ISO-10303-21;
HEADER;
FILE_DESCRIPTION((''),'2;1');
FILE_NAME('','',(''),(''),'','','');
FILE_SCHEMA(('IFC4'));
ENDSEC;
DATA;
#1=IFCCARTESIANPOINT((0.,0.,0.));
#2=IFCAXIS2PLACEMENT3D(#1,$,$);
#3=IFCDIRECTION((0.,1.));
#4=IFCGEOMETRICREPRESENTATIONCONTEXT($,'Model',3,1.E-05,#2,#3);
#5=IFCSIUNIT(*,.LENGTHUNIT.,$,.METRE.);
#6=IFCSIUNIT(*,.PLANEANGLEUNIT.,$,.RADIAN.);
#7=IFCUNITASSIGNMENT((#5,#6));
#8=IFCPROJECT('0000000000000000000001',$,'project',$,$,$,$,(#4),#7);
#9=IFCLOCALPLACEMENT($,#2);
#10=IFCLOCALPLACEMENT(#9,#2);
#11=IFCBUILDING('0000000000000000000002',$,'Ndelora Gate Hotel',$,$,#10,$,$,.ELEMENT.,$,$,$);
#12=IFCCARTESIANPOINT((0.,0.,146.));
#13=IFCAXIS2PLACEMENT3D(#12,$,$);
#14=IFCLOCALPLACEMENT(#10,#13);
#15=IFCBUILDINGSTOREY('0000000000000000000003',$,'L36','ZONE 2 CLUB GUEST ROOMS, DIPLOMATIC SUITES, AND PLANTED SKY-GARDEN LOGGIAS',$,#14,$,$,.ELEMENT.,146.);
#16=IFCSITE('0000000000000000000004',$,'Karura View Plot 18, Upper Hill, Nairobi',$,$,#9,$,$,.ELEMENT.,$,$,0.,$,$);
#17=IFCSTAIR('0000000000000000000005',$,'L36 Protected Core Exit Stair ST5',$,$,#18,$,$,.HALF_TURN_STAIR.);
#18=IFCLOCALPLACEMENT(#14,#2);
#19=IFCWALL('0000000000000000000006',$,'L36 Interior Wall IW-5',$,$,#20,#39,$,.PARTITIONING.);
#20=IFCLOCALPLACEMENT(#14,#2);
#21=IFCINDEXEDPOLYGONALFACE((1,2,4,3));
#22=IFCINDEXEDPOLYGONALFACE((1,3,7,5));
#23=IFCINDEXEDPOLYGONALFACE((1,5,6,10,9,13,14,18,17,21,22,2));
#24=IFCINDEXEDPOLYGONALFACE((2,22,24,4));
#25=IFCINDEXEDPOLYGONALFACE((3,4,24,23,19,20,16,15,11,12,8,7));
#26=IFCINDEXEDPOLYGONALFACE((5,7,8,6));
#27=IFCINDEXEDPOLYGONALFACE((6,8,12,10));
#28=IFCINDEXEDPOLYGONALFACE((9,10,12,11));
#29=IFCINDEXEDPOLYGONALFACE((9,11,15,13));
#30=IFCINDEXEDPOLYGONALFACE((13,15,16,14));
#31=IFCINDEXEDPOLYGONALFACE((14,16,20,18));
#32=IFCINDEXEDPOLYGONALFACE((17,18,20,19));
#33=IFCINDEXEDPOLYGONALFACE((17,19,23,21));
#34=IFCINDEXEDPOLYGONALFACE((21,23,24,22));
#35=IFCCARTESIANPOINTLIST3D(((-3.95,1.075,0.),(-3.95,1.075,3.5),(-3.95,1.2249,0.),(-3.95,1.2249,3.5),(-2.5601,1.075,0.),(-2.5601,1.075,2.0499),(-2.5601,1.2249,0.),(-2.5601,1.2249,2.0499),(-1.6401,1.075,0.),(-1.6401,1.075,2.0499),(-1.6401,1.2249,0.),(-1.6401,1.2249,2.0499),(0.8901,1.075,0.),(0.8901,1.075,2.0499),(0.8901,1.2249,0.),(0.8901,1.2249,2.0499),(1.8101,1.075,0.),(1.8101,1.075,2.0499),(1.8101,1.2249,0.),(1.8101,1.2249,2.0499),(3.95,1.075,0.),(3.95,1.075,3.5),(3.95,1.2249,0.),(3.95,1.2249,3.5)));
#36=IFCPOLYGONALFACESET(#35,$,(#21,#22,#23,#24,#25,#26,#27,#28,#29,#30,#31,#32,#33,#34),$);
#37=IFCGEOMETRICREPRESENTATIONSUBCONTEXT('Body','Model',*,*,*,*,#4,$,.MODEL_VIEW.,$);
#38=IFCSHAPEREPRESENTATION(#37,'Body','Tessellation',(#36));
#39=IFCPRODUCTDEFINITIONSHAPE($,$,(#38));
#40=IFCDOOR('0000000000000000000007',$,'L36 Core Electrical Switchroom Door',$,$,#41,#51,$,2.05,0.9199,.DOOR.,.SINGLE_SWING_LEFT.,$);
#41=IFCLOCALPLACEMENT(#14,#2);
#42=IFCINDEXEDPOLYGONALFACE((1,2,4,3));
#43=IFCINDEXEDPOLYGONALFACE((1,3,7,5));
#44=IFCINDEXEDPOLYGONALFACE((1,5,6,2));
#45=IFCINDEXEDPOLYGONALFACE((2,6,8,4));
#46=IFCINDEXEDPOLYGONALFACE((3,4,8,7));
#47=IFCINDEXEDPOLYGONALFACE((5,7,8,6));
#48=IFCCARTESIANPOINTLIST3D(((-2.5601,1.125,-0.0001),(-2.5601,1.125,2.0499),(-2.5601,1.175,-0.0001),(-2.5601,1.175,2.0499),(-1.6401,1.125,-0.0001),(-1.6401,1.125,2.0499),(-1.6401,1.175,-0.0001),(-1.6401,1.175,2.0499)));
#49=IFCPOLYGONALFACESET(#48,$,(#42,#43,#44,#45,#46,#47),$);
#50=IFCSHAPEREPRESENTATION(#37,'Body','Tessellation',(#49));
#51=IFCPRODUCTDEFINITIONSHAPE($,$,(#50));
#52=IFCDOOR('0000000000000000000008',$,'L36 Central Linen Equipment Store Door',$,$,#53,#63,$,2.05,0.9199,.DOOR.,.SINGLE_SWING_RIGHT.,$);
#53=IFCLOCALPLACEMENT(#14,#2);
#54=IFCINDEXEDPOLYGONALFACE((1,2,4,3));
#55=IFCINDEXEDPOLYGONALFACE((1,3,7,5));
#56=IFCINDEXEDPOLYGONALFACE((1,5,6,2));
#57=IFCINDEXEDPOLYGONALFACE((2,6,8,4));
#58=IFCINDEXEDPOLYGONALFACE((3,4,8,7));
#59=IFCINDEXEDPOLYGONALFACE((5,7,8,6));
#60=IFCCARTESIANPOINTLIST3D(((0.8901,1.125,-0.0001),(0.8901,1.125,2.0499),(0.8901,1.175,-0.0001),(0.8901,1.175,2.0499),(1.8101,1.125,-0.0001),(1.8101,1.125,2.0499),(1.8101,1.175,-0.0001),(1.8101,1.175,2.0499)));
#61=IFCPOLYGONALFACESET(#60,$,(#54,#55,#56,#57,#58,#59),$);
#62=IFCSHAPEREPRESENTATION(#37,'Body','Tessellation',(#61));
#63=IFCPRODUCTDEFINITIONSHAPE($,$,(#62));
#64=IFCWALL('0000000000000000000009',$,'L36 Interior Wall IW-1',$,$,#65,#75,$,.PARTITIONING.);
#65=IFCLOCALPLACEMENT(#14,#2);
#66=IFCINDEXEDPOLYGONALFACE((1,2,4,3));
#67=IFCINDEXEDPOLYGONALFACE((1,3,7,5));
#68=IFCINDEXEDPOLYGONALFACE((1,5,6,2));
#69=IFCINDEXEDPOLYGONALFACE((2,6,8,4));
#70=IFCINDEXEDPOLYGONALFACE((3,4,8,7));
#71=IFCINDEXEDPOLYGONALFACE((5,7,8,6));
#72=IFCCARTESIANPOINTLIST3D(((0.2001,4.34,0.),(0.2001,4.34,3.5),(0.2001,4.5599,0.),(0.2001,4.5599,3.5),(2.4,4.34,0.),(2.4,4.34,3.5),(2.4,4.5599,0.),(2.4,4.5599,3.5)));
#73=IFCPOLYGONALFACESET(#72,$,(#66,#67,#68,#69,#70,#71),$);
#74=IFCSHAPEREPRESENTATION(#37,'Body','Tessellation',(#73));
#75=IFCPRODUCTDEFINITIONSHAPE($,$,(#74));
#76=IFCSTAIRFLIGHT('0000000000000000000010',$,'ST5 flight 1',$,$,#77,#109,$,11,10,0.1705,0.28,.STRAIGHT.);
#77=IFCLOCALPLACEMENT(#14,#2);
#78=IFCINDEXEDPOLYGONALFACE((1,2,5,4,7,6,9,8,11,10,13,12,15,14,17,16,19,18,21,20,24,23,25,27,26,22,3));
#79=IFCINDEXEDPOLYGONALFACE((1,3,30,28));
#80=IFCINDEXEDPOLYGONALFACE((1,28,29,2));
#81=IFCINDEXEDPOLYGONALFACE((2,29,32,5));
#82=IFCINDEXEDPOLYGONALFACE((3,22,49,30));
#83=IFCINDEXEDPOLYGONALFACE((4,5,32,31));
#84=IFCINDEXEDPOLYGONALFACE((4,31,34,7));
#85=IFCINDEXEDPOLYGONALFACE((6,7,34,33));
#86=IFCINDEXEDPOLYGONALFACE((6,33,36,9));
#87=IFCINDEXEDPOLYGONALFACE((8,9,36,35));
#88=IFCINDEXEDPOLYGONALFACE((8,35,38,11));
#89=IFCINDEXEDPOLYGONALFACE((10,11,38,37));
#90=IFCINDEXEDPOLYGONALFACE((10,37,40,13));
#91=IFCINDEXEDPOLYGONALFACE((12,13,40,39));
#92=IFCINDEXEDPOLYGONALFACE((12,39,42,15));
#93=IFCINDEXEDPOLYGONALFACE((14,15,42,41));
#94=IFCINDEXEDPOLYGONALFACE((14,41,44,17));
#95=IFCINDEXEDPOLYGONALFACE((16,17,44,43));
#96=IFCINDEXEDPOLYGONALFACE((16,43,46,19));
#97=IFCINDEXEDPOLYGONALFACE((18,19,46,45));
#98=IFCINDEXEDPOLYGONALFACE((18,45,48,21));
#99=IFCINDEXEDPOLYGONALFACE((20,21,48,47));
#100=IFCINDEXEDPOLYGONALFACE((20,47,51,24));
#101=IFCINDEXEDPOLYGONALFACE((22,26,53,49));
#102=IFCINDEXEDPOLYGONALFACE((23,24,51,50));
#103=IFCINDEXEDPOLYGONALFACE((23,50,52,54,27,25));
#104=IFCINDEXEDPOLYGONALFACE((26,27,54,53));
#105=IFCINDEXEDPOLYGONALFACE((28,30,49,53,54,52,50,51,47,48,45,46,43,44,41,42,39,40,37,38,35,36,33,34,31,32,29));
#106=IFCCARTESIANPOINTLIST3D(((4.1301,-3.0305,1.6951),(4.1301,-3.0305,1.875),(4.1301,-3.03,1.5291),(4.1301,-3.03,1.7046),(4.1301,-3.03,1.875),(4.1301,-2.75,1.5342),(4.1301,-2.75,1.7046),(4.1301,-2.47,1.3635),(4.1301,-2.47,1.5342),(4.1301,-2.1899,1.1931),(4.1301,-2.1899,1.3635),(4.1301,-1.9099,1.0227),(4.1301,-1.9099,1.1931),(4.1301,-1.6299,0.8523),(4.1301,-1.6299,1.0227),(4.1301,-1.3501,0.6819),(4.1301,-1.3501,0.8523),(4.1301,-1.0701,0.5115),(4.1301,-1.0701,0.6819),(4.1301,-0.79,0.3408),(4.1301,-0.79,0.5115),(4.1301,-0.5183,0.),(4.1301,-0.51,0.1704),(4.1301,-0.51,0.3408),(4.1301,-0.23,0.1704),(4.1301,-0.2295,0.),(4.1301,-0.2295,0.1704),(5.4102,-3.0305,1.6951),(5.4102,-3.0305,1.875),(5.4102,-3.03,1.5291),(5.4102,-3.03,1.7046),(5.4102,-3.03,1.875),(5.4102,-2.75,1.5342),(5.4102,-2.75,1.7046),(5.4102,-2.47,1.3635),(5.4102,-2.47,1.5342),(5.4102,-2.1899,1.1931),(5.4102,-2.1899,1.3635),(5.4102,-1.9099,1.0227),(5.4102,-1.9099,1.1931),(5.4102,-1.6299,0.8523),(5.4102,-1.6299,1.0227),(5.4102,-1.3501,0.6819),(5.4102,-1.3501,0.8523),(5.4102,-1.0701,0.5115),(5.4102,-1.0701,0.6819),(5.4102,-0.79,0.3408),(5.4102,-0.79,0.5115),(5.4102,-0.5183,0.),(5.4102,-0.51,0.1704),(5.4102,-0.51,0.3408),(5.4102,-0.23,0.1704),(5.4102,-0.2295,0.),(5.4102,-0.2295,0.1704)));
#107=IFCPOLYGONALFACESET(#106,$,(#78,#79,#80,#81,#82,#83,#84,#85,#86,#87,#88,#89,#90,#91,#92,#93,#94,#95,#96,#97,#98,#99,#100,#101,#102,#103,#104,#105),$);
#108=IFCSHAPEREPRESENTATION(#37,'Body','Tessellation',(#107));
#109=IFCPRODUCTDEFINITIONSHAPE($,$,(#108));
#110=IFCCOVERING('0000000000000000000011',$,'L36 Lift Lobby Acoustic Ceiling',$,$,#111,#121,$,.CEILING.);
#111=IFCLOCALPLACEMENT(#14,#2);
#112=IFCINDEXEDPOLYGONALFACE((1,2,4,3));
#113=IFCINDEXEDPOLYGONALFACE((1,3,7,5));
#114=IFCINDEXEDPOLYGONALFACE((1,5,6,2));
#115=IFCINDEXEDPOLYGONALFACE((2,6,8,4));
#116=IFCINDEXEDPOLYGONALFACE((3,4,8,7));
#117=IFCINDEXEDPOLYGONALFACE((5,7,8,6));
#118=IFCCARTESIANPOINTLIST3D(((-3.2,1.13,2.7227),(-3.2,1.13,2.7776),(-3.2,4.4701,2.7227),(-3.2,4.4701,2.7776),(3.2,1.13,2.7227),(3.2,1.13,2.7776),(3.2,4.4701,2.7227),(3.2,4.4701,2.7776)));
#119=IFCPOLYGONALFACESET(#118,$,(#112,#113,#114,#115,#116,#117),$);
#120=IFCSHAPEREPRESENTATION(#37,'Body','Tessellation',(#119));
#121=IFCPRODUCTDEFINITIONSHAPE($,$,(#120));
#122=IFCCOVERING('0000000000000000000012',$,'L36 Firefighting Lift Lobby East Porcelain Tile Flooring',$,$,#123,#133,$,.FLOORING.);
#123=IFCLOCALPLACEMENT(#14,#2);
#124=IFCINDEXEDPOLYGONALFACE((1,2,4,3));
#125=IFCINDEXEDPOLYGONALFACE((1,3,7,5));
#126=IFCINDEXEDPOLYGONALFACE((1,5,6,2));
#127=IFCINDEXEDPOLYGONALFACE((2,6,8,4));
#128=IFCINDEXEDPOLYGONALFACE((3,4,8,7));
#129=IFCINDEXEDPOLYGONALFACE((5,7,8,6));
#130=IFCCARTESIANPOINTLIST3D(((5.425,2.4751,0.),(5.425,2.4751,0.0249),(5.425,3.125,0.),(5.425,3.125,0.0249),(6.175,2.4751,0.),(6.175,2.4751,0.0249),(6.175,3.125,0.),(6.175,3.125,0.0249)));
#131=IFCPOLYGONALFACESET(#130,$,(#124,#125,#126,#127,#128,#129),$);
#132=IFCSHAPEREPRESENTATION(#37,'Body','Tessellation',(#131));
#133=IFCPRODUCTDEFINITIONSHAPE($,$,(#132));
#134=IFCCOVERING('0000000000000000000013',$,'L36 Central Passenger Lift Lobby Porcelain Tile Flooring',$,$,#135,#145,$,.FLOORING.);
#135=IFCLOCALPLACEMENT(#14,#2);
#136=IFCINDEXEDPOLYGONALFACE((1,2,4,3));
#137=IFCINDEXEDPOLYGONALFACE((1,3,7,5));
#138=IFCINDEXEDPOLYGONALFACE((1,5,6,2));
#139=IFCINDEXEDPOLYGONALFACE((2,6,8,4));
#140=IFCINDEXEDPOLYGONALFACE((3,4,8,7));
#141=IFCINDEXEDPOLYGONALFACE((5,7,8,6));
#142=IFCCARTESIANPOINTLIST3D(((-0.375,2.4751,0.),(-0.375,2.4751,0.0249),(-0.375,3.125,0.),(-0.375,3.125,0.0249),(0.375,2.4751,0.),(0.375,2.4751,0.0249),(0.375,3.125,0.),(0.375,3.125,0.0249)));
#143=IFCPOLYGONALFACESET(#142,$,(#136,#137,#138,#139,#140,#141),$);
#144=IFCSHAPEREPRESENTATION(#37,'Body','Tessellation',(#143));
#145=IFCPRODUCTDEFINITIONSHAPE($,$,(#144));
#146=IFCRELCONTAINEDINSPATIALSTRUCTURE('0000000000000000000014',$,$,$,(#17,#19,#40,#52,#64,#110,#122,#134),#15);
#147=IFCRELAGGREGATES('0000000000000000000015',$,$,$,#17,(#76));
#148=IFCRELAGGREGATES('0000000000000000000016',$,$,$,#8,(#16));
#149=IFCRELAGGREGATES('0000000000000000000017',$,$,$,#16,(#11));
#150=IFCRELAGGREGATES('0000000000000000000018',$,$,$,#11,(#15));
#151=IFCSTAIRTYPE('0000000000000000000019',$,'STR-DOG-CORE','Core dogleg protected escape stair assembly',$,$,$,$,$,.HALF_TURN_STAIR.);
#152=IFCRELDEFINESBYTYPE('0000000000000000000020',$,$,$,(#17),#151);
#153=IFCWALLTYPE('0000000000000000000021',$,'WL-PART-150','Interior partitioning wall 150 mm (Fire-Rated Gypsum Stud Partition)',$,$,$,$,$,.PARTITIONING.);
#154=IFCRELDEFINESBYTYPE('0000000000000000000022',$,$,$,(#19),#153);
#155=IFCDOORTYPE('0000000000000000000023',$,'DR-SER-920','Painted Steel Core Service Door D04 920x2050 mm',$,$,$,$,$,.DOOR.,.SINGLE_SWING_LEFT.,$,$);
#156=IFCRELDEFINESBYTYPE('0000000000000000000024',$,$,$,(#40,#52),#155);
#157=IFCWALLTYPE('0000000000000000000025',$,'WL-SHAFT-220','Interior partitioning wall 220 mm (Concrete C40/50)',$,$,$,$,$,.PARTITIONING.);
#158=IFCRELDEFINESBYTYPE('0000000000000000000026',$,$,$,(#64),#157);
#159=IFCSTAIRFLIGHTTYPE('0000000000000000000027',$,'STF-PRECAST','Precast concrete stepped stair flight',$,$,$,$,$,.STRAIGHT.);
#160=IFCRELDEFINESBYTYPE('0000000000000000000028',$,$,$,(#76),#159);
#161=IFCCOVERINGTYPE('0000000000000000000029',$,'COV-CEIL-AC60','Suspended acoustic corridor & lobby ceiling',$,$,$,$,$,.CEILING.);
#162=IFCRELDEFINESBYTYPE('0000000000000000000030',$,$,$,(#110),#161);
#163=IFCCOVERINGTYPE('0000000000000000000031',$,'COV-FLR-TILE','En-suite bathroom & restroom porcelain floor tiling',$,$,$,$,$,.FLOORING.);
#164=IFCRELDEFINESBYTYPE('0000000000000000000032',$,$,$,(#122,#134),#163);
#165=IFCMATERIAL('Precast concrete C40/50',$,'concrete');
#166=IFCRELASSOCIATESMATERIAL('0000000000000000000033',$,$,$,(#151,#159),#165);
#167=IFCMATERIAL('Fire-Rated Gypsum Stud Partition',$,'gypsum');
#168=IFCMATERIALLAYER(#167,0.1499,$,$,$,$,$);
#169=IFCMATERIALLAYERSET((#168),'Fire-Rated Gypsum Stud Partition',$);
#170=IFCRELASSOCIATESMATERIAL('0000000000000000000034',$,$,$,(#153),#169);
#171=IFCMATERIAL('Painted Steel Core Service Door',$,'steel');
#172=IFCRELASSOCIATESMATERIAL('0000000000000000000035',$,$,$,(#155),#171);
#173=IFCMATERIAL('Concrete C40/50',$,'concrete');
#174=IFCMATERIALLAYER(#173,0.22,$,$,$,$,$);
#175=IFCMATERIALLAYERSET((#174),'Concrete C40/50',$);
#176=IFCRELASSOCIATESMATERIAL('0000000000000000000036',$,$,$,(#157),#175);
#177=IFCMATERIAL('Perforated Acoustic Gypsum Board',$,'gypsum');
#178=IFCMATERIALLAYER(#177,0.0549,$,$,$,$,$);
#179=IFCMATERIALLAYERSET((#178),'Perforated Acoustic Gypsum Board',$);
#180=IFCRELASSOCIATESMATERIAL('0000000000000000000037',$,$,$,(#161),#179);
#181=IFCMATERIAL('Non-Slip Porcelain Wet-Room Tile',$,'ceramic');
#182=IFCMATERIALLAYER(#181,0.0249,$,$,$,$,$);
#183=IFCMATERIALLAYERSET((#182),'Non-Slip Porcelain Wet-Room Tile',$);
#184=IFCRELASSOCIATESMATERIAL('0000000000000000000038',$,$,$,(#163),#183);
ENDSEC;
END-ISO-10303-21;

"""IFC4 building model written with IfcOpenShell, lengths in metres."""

from ifc_helpers import new_model, si_unit, direction, frame, frame_2d, origin, origin_2d, place, context, subcontext, project, spatial, polyline, rectangle, outline, extrude, material, layer, layer_set, type_object, element, fill, aggregate, save


model = new_model("IFC4")

# Units and contexts
model_context = context("Model", 3, precision=1e-05, world=origin(), true_north=direction((0.0, 1.0)))
body_context = subcontext(model_context, "Body", "Model", "MODEL_VIEW")
ifc_project = project(units=[si_unit("LENGTHUNIT", "METRE"), si_unit("PLANEANGLEUNIT", "RADIAN")], contexts=[model_context])

# Site, building, storey
site_placement = place(None, origin())
site = spatial("IfcSite", under=ifc_project, at=site_placement, Name="Karura View Plot 18, Upper Hill, Nairobi", CompositionType="ELEMENT", RefElevation=0.0)
building_placement = place(site_placement, origin())
building = spatial("IfcBuilding", under=site, at=building_placement, Name="Ndelora Gate Hotel", CompositionType="ELEMENT")
storey_placement = place(building_placement, frame((0.0, 0.0, 146.0)))
storey = spatial("IfcBuildingStorey", under=building, at=storey_placement, Name="L36", Description="ZONE 2 CLUB GUEST ROOMS, DIPLOMATIC SUITES, AND PLANTED SKY-GARDEN LOGGIAS", CompositionType="ELEMENT", Elevation=146.0)

# Stair
ifc_material_1 = material(Name="Precast concrete C40/50", Category="concrete")
stair_type = type_object("IfcStairType", Name="STR-DOG-CORE", Description="Core dogleg protected escape stair assembly", PredefinedType="HALF_TURN_STAIR", material=ifc_material_1)
stair_1_placement = place(storey_placement, origin())
stair_1 = element("IfcStair", 1, at=stair_1_placement, inside=storey, type_object=stair_type, Name="L36 Protected Core Exit Stair ST5", PredefinedType="HALF_TURN_STAIR")

# Shared definitions
ifc_material_2 = material(Name="Concrete C40/50", Category="concrete")

# Wall, openings, doors
ifc_material_3 = material(Name="Fire-Rated Gypsum Stud Partition", Category="gypsum")
ifc_layer_1 = layer(ifc_material_3, 0.1499)
ifc_layer_set_1 = layer_set([ifc_layer_1], Name="Fire-Rated Gypsum Stud Partition")
wall_type_1 = type_object("IfcWallType", Name="WL-PART-150", Description="Interior partitioning wall 150 mm (Fire-Rated Gypsum Stud Partition)", PredefinedType="PARTITIONING", material=ifc_layer_set_1)
wall_1_placement = place(storey_placement, frame((3.95, 1.1499, 0.0), z_axis=(0.0, 0.0, 1.0), x_axis=(-1.0, 0.0, 0.0)))
wall_1 = element("IfcWall", 2, at=wall_1_placement, inside=storey, type_object=wall_type_1, Name="L36 Interior Wall IW-5", PredefinedType="PARTITIONING", context=body_context, shape_type="SweptSolid", body=[
    extrude(rectangle(XDim=7.8999, YDim=0.1499, at=frame_2d((3.95, 0.0))), origin(), (0.0, 0.0, 1.0), 3.5),
])
opening_1_placement = place(wall_1_placement, frame((5.5901, 0.0, 0.0)))
opening_1 = element("IfcOpeningElement", 3, at=opening_1_placement, cuts=wall_1, PredefinedType="OPENING", context=body_context, shape_type="SweptSolid", body=[
    extrude(rectangle(XDim=0.9199, YDim=2.05, at=frame_2d((0.46, 1.0249))), frame((0.0, 0.085, 0.0), z_axis=(0.0, -1.0, 0.0), x_axis=(1.0, 0.0, 0.0)), (0.0, 0.0, 1.0), 0.1699),
])
opening_2_placement = place(wall_1_placement, frame((2.1399, 0.0, 0.0)))
opening_2 = element("IfcOpeningElement", 4, at=opening_2_placement, cuts=wall_1, PredefinedType="OPENING", context=body_context, shape_type="SweptSolid", body=[
    extrude(rectangle(XDim=0.9199, YDim=2.05, at=frame_2d((0.46, 1.0249))), frame((0.0, 0.085, 0.0), z_axis=(0.0, -1.0, 0.0), x_axis=(1.0, 0.0, 0.0)), (0.0, 0.0, 1.0), 0.1699),
])
ifc_material_4 = material(Name="Painted Steel Core Service Door", Category="steel")
door_type_1 = type_object("IfcDoorType", Name="DR-SER-920", Description="Painted Steel Core Service Door D04 920x2050 mm", OperationType="SINGLE_SWING_LEFT", PredefinedType="DOOR", material=ifc_material_4)
door_1_placement = place(opening_1_placement, origin())
door_1 = element("IfcDoor", 5, at=door_1_placement, inside=storey, type_object=door_type_1, Name="L36 Core Electrical Switchroom Door", OperationType="SINGLE_SWING_LEFT", OverallHeight=2.05, OverallWidth=0.9199, PredefinedType="DOOR", context=body_context, shape_type="SweptSolid", body=[
    extrude(rectangle(XDim=0.9199, YDim=2.05, at=frame_2d((0.46, 1.0249))), frame((0.0, 0.0249, 0.0), z_axis=(0.0, -1.0, 0.0), x_axis=(1.0, 0.0, 0.0)), (0.0, 0.0, 1.0), 0.05),
])
fill(opening_1, door_1)
door_2_placement = place(opening_2_placement, origin())
door_2 = element("IfcDoor", 6, at=door_2_placement, inside=storey, type_object=door_type_1, Name="L36 Central Linen Equipment Store Door", OperationType="SINGLE_SWING_RIGHT", OverallHeight=2.05, OverallWidth=0.9199, PredefinedType="DOOR", context=body_context, shape_type="SweptSolid", body=[
    extrude(rectangle(XDim=0.9199, YDim=2.05, at=frame_2d((0.46, 1.0249))), frame((0.0, 0.0249, 0.0), z_axis=(0.0, -1.0, 0.0), x_axis=(1.0, 0.0, 0.0)), (0.0, 0.0, 1.0), 0.05),
])
fill(opening_2, door_2)

# Wall
ifc_layer_2 = layer(ifc_material_2, 0.22)
ifc_layer_set_2 = layer_set([ifc_layer_2], Name="Concrete C40/50")
wall_type_2 = type_object("IfcWallType", Name="WL-SHAFT-220", Description="Interior partitioning wall 220 mm (Concrete C40/50)", PredefinedType="PARTITIONING", material=ifc_layer_set_2)
wall_2_placement = place(storey_placement, frame((0.2, 4.45, 0.0), z_axis=(0.0, 0.0, 1.0), x_axis=(1.0, 0.0, 0.0)))
element("IfcWall", 7, at=wall_2_placement, inside=storey, type_object=wall_type_2, Name="L36 Interior Wall IW-1", PredefinedType="PARTITIONING", context=body_context, shape_type="SweptSolid", body=[
    extrude(rectangle(XDim=2.2, YDim=0.22, at=frame_2d((1.1001, 0.0))), origin(), (0.0, 0.0, 1.0), 3.5),
])

# Stair flight
stair_flight_type = type_object("IfcStairFlightType", Name="STF-PRECAST", Description="Precast concrete stepped stair flight", PredefinedType="STRAIGHT", material=ifc_material_1)
stair_flight_placement = place(storey_placement, frame((4.77, -0.23, 0.0), z_axis=(0.0, 0.0, 1.0), x_axis=(0.0, -1.0, 0.0)))
stair_flight = element("IfcStairFlight", 8, at=stair_flight_placement, type_object=stair_flight_type, Name="ST5 flight 1", NumberOfRisers=11, NumberOfTreads=10, PredefinedType="STRAIGHT", RiserHeight=0.1705, TreadLength=0.28, context=body_context, shape_type="SweptSolid", body=[
    extrude(outline(polyline([(-0.0005, 0.0), (-0.0005, 0.1704), (0.0, 0.1704), (0.28, 0.1704), (0.28, 0.3408), (0.5601, 0.3408), (0.5601, 0.5115), (0.8401, 0.5115), (0.8401, 0.6819), (1.1201, 0.6819), (1.1201, 0.8523), (1.3999, 0.8523), (1.3999, 1.0227), (1.6799, 1.0227), (1.6799, 1.1931), (1.96, 1.1931), (1.96, 1.3635), (2.24, 1.3635), (2.24, 1.5342), (2.52, 1.5342), (2.52, 1.7046), (2.8, 1.7046), (2.8, 1.875), (2.8005, 1.875), (2.8005, 1.6951), (2.8, 1.5291), (0.2883, 0.0), (-0.0005, 0.0)])), frame((0.0, 0.6401, 0.0), z_axis=(0.0, -1.0, 0.0), x_axis=(1.0, 0.0, 0.0)), (0.0, 0.0, 1.0), 1.28),
])
aggregate(stair_1, [stair_flight])

# Coverings
ifc_material_5 = material(Name="Perforated Acoustic Gypsum Board", Category="gypsum")
ifc_layer_3 = layer(ifc_material_5, 0.0549)
ifc_layer_set_3 = layer_set([ifc_layer_3], Name="Perforated Acoustic Gypsum Board")
covering_type_1 = type_object("IfcCoveringType", Name="COV-CEIL-AC60", Description="Suspended acoustic corridor & lobby ceiling", PredefinedType="CEILING", material=ifc_layer_set_3)
covering_placement = place(storey_placement, frame((0.0, 2.8, 2.7227), z_axis=(0.0, 0.0, 1.0), x_axis=(1.0, 0.0, 0.0)))
element("IfcCovering", 9, at=covering_placement, inside=storey, type_object=covering_type_1, Name="L36 Lift Lobby Acoustic Ceiling", PredefinedType="CEILING", context=body_context, shape_type="SweptSolid", body=[
    extrude(rectangle(XDim=6.3999, YDim=3.3401, at=origin_2d()), origin(), (0.0, 0.0, 1.0), 0.0549),
])
ifc_material_6 = material(Name="Non-Slip Porcelain Wet-Room Tile", Category="ceramic")
ifc_layer_4 = layer(ifc_material_6, 0.0249)
ifc_layer_set_4 = layer_set([ifc_layer_4], Name="Non-Slip Porcelain Wet-Room Tile")
covering_type_2 = type_object("IfcCoveringType", Name="COV-FLR-TILE", Description="En-suite bathroom & restroom porcelain floor tiling", PredefinedType="FLOORING", material=ifc_layer_set_4)
for number, where, z_axis, x_axis, name in (
    (10, (5.8, 2.8, 0.0), (0.0, 0.0, 1.0), (1.0, 0.0, 0.0), "L36 Firefighting Lift Lobby East Porcelain Tile Flooring"),
    (11, (0.0, 2.8, 0.0), (0.0, 0.0, 1.0), (1.0, 0.0, 0.0), "L36 Central Passenger Lift Lobby Porcelain Tile Flooring"),
):
    element("IfcCovering", number, at=place(storey_placement, frame(where, z_axis=z_axis, x_axis=x_axis)), inside=storey, type_object=covering_type_2, Name=name, PredefinedType="FLOORING", context=body_context, shape_type="SweptSolid", body=[
        extrude(rectangle(XDim=0.75, YDim=0.6499, at=origin_2d()), origin(), (0.0, 0.0, 1.0), 0.0249),
    ])

save(model, "model.ifc")
